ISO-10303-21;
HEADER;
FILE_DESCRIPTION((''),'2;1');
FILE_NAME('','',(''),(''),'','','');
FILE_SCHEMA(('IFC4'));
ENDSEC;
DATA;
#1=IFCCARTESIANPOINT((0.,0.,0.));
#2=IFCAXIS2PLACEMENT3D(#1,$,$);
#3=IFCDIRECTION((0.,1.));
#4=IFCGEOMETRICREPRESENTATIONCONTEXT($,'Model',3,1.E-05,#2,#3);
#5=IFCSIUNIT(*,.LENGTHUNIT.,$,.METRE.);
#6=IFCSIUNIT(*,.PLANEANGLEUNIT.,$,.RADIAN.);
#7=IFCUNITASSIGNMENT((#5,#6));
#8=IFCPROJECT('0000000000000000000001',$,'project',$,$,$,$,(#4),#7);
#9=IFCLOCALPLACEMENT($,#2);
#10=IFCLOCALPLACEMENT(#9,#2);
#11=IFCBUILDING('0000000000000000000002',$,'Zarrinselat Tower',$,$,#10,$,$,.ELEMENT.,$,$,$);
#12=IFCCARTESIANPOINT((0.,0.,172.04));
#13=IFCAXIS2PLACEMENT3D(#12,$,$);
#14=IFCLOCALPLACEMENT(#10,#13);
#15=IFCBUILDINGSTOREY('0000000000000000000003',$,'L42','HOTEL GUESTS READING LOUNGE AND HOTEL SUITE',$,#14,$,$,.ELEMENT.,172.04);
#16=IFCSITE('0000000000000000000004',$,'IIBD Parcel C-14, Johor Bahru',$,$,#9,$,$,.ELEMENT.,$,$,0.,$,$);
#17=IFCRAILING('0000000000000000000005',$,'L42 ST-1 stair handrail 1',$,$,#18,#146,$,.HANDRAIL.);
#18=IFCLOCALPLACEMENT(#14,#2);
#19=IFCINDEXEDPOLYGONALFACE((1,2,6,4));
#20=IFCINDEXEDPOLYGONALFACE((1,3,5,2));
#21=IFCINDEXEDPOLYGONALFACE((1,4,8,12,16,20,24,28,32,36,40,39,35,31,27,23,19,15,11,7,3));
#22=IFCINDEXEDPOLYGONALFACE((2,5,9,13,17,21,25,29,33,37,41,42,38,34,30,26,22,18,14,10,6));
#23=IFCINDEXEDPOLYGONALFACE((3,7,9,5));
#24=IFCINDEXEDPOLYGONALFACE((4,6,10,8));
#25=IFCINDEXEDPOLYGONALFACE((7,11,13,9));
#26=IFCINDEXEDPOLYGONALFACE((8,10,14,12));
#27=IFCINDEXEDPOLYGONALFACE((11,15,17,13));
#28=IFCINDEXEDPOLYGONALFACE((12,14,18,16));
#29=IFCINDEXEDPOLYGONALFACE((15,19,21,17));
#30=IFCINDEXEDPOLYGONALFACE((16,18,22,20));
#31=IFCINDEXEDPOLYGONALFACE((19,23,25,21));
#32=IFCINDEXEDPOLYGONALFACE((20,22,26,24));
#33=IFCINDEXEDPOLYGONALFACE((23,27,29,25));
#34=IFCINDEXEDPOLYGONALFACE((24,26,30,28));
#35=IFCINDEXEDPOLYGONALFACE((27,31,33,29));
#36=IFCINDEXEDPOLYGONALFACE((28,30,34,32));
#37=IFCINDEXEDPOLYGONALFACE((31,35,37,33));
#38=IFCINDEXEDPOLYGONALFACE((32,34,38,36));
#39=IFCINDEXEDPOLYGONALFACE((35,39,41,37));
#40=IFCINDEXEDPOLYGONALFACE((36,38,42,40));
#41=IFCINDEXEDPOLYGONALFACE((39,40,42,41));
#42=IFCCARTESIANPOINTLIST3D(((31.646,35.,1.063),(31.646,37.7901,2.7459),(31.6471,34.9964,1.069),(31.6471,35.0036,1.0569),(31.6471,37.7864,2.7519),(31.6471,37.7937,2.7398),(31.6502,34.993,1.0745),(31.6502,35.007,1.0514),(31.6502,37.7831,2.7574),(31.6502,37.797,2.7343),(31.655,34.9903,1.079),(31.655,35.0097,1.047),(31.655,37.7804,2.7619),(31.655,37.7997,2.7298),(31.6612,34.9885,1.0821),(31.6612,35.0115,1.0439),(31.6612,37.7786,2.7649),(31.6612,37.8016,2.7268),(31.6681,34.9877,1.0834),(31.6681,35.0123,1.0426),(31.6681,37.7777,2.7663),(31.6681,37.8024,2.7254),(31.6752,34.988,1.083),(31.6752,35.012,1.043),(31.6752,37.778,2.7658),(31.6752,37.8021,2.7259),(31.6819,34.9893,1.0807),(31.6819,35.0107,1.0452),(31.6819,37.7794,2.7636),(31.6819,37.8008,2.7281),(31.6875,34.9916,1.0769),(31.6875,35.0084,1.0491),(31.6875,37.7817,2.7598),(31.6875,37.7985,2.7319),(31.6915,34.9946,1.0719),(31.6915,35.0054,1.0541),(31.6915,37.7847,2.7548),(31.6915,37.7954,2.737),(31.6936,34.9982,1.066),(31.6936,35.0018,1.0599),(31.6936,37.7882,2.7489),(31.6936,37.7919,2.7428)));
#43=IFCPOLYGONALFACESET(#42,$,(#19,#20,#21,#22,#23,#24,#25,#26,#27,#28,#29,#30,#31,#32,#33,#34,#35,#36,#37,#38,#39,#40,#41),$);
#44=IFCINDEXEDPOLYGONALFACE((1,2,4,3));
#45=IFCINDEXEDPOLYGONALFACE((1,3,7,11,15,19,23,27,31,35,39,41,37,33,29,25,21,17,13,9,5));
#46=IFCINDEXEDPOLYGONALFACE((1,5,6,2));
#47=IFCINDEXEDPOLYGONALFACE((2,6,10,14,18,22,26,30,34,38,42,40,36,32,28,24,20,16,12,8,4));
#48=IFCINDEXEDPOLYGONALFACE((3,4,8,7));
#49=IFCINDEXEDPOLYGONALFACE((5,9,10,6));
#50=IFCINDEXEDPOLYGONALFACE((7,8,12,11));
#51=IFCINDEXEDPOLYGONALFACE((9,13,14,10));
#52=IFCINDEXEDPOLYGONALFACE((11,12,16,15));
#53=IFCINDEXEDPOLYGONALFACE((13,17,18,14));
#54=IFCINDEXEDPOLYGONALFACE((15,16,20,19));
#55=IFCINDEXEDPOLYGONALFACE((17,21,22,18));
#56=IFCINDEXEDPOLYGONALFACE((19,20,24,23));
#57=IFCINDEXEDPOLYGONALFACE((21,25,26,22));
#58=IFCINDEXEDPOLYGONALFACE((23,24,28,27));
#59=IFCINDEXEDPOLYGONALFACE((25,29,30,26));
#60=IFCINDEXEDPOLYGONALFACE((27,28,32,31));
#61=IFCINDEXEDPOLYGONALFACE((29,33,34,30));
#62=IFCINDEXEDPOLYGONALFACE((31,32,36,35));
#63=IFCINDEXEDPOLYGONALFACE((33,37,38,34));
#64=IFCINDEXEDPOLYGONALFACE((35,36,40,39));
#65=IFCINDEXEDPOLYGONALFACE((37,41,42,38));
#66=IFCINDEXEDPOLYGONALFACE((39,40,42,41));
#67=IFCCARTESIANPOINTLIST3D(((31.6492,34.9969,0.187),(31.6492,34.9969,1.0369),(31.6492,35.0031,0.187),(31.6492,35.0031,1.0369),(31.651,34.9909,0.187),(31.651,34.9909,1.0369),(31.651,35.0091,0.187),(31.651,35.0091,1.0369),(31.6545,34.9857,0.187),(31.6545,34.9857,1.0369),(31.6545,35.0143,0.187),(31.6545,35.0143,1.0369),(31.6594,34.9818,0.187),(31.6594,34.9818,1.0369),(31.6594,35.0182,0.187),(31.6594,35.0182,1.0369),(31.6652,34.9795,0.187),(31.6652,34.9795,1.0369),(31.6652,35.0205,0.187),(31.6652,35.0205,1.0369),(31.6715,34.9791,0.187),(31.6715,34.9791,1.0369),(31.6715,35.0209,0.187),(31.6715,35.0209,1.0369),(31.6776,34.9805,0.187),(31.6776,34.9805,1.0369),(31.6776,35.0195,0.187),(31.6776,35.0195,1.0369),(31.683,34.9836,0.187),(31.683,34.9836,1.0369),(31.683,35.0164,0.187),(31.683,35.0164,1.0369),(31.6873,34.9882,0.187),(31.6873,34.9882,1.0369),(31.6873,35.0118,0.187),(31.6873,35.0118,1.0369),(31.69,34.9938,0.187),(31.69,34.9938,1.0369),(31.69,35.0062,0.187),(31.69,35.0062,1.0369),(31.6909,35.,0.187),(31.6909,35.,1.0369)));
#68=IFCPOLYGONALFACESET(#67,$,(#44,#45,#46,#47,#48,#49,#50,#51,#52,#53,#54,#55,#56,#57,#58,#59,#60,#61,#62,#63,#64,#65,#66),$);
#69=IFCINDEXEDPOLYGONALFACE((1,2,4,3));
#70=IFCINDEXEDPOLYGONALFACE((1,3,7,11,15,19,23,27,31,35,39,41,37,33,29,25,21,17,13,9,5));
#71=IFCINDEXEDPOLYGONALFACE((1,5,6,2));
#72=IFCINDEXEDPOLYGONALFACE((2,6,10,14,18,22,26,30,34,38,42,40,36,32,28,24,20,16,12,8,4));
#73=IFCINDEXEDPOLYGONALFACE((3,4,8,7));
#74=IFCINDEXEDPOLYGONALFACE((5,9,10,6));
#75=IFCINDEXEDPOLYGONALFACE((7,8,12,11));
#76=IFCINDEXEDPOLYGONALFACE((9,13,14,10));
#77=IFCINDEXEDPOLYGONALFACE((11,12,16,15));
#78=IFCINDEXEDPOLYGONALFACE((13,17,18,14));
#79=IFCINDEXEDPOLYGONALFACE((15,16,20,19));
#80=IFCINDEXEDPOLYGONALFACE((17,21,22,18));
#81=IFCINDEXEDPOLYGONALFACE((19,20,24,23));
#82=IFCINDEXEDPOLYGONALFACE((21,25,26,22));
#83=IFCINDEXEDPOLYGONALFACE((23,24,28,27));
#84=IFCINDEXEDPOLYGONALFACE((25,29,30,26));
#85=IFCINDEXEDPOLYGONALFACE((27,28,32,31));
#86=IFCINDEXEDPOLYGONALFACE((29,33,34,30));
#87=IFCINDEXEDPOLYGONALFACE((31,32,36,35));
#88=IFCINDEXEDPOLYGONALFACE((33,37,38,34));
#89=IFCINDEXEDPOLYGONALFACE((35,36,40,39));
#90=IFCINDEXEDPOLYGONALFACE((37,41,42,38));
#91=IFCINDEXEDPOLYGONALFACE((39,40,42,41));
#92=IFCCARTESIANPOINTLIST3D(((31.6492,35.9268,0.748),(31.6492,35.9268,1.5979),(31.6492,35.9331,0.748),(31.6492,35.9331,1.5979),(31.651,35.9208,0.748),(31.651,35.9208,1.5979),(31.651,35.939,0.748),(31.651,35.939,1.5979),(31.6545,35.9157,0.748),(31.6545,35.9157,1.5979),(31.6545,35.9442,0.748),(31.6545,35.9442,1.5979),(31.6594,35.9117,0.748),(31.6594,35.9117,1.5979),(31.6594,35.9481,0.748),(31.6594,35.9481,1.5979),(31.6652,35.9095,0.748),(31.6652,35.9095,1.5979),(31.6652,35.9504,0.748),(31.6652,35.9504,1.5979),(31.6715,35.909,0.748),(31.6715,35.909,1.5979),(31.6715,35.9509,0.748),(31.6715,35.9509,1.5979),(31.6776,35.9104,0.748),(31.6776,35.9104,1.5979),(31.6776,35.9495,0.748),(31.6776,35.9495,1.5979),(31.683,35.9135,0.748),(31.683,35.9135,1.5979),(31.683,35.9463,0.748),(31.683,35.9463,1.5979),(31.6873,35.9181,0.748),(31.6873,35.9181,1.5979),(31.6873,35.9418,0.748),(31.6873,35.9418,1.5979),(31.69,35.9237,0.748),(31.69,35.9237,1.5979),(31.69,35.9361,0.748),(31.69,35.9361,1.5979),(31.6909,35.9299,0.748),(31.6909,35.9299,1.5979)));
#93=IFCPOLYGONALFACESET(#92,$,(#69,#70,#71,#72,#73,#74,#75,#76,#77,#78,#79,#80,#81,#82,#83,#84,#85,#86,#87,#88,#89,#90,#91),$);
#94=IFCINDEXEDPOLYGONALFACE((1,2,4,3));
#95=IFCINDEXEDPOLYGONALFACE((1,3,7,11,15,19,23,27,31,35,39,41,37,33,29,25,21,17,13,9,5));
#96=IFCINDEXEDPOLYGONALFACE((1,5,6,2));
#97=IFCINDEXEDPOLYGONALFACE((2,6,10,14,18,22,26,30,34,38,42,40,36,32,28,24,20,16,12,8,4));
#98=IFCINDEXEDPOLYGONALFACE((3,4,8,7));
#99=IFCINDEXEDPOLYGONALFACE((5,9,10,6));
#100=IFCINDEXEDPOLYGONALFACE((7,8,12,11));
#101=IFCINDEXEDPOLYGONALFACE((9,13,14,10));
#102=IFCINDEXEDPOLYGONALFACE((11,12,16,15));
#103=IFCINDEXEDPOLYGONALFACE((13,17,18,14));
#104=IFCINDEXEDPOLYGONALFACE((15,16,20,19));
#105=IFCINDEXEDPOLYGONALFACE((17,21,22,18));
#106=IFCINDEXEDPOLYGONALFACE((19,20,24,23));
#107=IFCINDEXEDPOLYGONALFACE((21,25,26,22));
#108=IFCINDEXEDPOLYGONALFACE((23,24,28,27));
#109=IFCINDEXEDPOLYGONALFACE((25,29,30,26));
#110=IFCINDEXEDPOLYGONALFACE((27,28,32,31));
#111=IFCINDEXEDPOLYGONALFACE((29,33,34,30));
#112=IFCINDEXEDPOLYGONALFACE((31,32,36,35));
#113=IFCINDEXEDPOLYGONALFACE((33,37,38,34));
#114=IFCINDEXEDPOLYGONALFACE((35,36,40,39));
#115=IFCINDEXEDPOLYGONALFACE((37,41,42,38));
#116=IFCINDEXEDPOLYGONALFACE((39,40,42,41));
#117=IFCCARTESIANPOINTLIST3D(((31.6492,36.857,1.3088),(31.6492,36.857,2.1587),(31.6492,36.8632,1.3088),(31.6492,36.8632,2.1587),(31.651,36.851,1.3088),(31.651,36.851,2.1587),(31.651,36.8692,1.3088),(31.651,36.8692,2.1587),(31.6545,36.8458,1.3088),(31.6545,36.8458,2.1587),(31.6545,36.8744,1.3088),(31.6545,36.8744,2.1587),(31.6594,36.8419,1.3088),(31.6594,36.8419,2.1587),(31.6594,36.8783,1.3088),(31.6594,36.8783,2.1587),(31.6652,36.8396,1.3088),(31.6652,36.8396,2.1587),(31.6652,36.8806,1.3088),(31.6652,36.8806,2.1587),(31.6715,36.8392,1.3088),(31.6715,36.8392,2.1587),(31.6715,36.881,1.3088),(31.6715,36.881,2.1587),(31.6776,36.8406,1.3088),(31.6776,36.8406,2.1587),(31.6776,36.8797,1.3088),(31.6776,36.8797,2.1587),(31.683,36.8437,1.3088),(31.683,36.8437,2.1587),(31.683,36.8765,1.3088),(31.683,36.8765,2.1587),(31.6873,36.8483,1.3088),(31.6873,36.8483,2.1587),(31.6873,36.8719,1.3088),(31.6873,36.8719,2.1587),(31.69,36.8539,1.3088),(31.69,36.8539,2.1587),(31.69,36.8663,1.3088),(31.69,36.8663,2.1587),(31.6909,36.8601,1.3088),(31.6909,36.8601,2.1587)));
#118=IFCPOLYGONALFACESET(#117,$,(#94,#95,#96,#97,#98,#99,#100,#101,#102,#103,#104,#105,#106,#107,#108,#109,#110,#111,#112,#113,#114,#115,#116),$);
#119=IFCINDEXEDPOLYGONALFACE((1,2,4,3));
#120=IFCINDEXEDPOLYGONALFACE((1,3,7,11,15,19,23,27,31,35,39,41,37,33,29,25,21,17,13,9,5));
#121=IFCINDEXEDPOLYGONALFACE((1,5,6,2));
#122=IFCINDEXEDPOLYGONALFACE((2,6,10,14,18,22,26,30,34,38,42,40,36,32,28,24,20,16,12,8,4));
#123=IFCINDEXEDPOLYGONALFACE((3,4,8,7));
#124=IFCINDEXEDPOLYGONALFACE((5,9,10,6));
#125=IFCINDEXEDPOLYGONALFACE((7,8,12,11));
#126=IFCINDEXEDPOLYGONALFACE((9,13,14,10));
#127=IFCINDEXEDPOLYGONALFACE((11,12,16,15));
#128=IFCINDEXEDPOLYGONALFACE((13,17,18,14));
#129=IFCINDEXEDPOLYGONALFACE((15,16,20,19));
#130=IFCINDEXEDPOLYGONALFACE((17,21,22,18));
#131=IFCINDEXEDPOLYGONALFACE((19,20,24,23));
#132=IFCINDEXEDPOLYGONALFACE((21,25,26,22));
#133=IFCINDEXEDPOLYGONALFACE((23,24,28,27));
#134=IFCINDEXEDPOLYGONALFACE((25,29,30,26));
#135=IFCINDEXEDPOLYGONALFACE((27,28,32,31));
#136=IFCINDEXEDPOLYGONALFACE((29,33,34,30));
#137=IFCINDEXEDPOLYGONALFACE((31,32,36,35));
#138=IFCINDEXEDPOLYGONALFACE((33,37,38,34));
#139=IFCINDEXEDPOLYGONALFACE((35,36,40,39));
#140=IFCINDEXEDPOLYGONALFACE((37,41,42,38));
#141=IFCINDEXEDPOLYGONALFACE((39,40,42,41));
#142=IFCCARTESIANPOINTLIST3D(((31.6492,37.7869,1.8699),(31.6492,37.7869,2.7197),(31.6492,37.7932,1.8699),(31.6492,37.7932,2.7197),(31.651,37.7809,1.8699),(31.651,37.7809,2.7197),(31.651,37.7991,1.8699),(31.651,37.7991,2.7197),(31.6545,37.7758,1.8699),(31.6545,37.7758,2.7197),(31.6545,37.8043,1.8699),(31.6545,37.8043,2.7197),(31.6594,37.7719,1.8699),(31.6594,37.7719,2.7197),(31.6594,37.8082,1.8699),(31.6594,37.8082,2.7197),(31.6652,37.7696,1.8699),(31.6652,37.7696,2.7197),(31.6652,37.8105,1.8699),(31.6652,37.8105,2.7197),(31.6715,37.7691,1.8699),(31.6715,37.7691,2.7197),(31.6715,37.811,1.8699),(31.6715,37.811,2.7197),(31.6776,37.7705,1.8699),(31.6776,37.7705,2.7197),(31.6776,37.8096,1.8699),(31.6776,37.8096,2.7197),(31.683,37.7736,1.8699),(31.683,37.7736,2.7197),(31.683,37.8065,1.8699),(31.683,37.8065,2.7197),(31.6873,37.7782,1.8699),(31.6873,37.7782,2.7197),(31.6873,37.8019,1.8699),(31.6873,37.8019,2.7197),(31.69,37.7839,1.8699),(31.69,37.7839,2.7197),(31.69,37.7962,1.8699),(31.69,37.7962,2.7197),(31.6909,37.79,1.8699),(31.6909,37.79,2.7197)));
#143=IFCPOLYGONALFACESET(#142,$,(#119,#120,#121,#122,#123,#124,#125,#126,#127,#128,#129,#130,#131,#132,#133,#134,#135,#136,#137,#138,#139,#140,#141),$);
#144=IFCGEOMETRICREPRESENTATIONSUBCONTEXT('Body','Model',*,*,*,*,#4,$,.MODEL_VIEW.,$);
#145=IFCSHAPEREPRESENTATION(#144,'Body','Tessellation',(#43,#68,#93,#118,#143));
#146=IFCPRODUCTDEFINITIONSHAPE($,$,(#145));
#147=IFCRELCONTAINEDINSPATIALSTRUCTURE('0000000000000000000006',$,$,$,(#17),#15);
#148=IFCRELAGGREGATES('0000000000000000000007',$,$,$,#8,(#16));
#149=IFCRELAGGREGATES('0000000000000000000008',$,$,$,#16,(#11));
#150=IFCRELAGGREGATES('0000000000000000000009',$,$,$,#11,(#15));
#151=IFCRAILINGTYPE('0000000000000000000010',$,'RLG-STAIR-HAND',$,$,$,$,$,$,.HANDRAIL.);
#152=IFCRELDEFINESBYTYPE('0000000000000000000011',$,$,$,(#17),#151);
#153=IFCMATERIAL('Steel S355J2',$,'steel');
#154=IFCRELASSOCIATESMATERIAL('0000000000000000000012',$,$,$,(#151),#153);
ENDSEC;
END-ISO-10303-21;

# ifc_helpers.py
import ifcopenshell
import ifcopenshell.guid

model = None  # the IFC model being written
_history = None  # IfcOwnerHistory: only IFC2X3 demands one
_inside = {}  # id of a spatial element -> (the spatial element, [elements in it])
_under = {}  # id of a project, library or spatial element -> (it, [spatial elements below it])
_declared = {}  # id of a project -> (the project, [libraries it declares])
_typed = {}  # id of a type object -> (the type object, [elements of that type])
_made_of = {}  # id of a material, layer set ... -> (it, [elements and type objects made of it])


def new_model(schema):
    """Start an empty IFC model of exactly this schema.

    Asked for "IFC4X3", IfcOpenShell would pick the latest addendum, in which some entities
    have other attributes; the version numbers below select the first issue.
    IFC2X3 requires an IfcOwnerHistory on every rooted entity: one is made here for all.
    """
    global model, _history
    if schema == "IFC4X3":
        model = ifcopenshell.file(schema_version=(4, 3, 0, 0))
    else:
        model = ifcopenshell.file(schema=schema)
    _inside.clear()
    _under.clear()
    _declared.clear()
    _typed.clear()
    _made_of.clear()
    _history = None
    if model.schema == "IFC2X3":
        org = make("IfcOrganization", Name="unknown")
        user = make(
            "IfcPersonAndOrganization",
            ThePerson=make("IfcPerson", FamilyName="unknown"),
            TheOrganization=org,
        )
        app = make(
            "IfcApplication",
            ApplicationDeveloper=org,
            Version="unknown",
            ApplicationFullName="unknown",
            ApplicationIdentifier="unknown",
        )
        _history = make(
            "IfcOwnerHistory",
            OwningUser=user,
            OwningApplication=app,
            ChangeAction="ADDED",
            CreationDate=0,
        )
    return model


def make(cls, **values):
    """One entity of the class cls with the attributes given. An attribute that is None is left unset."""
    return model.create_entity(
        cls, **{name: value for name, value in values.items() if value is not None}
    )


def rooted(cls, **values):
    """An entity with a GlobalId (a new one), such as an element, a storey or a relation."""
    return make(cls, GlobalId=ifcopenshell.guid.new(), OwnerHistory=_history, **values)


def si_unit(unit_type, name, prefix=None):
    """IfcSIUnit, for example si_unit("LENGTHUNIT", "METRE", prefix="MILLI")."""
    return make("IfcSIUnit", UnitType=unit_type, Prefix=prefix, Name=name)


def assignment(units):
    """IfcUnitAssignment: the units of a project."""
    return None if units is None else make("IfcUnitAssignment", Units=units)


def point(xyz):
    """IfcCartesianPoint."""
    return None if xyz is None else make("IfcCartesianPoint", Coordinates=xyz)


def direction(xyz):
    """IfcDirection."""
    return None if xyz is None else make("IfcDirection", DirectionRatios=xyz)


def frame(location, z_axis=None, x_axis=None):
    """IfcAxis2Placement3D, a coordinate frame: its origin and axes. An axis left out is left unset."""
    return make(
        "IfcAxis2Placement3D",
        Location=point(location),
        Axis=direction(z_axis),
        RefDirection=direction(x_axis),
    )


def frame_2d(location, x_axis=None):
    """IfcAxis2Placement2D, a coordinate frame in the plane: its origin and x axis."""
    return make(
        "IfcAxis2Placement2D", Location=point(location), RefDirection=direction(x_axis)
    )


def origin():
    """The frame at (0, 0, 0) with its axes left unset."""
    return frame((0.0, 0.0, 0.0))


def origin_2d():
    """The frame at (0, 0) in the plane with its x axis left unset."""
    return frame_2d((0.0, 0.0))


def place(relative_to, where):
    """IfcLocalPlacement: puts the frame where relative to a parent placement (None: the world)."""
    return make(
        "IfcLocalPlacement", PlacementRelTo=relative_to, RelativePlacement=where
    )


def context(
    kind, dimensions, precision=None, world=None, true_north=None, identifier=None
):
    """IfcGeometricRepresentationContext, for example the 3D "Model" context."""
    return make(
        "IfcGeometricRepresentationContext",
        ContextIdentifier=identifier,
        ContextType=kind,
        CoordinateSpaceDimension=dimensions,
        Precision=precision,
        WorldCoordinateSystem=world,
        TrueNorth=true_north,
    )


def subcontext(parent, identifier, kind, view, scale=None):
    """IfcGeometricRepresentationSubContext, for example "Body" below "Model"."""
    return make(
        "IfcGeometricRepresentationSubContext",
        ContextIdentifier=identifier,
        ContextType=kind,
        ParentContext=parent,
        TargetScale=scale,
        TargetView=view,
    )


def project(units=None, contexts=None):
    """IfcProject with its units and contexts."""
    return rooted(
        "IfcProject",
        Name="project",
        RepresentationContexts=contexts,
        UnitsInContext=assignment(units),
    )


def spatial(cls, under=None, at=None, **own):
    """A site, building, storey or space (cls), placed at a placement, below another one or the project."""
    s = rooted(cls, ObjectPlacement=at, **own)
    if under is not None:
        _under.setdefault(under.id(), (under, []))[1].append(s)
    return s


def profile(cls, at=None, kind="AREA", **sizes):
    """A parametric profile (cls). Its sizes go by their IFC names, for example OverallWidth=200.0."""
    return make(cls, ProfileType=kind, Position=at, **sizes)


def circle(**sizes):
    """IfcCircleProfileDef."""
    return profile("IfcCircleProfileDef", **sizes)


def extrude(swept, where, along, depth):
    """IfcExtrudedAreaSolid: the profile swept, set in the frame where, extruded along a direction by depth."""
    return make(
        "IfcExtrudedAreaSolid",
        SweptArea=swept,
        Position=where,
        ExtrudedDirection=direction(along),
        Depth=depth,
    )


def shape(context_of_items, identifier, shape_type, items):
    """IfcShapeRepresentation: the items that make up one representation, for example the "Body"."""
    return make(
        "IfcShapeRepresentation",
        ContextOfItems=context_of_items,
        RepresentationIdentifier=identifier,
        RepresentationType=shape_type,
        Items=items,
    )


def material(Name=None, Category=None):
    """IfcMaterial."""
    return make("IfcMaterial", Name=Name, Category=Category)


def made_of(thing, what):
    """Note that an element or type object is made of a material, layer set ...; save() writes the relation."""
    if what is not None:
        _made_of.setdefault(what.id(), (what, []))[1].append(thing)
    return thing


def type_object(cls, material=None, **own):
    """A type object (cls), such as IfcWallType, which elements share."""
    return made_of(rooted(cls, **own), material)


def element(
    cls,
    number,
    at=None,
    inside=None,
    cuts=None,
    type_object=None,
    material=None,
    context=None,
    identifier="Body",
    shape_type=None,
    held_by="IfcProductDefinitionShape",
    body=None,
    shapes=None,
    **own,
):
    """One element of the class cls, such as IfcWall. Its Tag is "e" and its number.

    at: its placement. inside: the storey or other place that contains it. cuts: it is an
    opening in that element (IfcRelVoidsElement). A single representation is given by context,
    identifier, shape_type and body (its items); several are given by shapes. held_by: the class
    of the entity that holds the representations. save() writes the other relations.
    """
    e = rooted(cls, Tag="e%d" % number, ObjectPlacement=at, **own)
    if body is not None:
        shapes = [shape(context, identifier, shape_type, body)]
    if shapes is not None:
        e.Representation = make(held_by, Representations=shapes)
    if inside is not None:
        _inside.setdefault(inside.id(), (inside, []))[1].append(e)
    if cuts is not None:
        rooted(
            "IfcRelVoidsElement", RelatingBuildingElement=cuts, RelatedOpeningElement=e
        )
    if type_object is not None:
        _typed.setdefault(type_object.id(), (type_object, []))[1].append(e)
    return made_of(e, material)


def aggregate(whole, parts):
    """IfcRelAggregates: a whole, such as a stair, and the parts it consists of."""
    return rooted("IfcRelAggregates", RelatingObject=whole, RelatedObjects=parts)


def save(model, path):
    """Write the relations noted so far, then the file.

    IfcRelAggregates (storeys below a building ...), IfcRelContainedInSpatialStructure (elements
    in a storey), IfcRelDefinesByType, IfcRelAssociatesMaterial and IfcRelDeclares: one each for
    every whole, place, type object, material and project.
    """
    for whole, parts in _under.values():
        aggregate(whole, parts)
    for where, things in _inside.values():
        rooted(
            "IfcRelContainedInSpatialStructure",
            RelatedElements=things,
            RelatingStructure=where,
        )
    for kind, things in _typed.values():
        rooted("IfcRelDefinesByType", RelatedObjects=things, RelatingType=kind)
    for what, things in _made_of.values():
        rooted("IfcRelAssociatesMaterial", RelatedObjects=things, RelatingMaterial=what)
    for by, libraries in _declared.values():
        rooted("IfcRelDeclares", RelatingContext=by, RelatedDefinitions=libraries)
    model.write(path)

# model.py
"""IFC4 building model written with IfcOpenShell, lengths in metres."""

from ifc_helpers import new_model, si_unit, direction, frame, origin, origin_2d, place, context, subcontext, project, spatial, circle, extrude, material, type_object, element, save


model = new_model("IFC4")

# Units and contexts
model_context = context("Model", 3, precision=1e-05, world=origin(), true_north=direction((0.0, 1.0)))
body_context = subcontext(model_context, "Body", "Model", "MODEL_VIEW")
ifc_project = project(units=[si_unit("LENGTHUNIT", "METRE"), si_unit("PLANEANGLEUNIT", "RADIAN")], contexts=[model_context])

# Site, building, storey
site_placement = place(None, origin())
site = spatial("IfcSite", under=ifc_project, at=site_placement, Name="IIBD Parcel C-14, Johor Bahru", CompositionType="ELEMENT", RefElevation=0.0)
building_placement = place(site_placement, origin())
building = spatial("IfcBuilding", under=site, at=building_placement, Name="Zarrinselat Tower", CompositionType="ELEMENT")
storey_placement = place(building_placement, frame((0.0, 0.0, 172.04)))
storey = spatial("IfcBuildingStorey", under=building, at=storey_placement, Name="L42", Description="HOTEL GUESTS READING LOUNGE AND HOTEL SUITE", CompositionType="ELEMENT", Elevation=172.04)

# Railing
ifc_material_1 = material(Name="Steel S355J2", Category="steel")
railing_type_1 = type_object("IfcRailingType", Name="RLG-STAIR-HAND", PredefinedType="HANDRAIL", material=ifc_material_1)
railing_1_placement = place(storey_placement, frame((31.6699, 35.0, 0.187)))
element("IfcRailing", 1, at=railing_1_placement, inside=storey, type_object=railing_type_1, Name="L42 ST-1 stair handrail 1", PredefinedType="HANDRAIL", context=body_context, shape_type="SweptSolid", body=[
    extrude(circle(Radius=0.0239, at=origin_2d()), frame((0.0, 0.0, 0.876), z_axis=(0.0, 0.856294, 0.516489), x_axis=(-1.0, 0.0, 0.0)), (0.0, 0.0, 1.0), 3.2583),
    extrude(circle(Radius=0.021, at=origin_2d()), origin(), (0.0, 0.0, 1.0), 0.8499),
    extrude(circle(Radius=0.021, at=origin_2d()), frame((0.0, 0.9299, 0.561)), (0.0, 0.0, 1.0), 0.8499),
    extrude(circle(Radius=0.021, at=origin_2d()), frame((0.0, 1.8601, 1.1218)), (0.0, 0.0, 1.0), 0.8499),
    extrude(circle(Radius=0.021, at=origin_2d()), frame((0.0, 2.79, 1.6829)), (0.0, 0.0, 1.0), 0.8499),
])

save(model, "model.ifc")
